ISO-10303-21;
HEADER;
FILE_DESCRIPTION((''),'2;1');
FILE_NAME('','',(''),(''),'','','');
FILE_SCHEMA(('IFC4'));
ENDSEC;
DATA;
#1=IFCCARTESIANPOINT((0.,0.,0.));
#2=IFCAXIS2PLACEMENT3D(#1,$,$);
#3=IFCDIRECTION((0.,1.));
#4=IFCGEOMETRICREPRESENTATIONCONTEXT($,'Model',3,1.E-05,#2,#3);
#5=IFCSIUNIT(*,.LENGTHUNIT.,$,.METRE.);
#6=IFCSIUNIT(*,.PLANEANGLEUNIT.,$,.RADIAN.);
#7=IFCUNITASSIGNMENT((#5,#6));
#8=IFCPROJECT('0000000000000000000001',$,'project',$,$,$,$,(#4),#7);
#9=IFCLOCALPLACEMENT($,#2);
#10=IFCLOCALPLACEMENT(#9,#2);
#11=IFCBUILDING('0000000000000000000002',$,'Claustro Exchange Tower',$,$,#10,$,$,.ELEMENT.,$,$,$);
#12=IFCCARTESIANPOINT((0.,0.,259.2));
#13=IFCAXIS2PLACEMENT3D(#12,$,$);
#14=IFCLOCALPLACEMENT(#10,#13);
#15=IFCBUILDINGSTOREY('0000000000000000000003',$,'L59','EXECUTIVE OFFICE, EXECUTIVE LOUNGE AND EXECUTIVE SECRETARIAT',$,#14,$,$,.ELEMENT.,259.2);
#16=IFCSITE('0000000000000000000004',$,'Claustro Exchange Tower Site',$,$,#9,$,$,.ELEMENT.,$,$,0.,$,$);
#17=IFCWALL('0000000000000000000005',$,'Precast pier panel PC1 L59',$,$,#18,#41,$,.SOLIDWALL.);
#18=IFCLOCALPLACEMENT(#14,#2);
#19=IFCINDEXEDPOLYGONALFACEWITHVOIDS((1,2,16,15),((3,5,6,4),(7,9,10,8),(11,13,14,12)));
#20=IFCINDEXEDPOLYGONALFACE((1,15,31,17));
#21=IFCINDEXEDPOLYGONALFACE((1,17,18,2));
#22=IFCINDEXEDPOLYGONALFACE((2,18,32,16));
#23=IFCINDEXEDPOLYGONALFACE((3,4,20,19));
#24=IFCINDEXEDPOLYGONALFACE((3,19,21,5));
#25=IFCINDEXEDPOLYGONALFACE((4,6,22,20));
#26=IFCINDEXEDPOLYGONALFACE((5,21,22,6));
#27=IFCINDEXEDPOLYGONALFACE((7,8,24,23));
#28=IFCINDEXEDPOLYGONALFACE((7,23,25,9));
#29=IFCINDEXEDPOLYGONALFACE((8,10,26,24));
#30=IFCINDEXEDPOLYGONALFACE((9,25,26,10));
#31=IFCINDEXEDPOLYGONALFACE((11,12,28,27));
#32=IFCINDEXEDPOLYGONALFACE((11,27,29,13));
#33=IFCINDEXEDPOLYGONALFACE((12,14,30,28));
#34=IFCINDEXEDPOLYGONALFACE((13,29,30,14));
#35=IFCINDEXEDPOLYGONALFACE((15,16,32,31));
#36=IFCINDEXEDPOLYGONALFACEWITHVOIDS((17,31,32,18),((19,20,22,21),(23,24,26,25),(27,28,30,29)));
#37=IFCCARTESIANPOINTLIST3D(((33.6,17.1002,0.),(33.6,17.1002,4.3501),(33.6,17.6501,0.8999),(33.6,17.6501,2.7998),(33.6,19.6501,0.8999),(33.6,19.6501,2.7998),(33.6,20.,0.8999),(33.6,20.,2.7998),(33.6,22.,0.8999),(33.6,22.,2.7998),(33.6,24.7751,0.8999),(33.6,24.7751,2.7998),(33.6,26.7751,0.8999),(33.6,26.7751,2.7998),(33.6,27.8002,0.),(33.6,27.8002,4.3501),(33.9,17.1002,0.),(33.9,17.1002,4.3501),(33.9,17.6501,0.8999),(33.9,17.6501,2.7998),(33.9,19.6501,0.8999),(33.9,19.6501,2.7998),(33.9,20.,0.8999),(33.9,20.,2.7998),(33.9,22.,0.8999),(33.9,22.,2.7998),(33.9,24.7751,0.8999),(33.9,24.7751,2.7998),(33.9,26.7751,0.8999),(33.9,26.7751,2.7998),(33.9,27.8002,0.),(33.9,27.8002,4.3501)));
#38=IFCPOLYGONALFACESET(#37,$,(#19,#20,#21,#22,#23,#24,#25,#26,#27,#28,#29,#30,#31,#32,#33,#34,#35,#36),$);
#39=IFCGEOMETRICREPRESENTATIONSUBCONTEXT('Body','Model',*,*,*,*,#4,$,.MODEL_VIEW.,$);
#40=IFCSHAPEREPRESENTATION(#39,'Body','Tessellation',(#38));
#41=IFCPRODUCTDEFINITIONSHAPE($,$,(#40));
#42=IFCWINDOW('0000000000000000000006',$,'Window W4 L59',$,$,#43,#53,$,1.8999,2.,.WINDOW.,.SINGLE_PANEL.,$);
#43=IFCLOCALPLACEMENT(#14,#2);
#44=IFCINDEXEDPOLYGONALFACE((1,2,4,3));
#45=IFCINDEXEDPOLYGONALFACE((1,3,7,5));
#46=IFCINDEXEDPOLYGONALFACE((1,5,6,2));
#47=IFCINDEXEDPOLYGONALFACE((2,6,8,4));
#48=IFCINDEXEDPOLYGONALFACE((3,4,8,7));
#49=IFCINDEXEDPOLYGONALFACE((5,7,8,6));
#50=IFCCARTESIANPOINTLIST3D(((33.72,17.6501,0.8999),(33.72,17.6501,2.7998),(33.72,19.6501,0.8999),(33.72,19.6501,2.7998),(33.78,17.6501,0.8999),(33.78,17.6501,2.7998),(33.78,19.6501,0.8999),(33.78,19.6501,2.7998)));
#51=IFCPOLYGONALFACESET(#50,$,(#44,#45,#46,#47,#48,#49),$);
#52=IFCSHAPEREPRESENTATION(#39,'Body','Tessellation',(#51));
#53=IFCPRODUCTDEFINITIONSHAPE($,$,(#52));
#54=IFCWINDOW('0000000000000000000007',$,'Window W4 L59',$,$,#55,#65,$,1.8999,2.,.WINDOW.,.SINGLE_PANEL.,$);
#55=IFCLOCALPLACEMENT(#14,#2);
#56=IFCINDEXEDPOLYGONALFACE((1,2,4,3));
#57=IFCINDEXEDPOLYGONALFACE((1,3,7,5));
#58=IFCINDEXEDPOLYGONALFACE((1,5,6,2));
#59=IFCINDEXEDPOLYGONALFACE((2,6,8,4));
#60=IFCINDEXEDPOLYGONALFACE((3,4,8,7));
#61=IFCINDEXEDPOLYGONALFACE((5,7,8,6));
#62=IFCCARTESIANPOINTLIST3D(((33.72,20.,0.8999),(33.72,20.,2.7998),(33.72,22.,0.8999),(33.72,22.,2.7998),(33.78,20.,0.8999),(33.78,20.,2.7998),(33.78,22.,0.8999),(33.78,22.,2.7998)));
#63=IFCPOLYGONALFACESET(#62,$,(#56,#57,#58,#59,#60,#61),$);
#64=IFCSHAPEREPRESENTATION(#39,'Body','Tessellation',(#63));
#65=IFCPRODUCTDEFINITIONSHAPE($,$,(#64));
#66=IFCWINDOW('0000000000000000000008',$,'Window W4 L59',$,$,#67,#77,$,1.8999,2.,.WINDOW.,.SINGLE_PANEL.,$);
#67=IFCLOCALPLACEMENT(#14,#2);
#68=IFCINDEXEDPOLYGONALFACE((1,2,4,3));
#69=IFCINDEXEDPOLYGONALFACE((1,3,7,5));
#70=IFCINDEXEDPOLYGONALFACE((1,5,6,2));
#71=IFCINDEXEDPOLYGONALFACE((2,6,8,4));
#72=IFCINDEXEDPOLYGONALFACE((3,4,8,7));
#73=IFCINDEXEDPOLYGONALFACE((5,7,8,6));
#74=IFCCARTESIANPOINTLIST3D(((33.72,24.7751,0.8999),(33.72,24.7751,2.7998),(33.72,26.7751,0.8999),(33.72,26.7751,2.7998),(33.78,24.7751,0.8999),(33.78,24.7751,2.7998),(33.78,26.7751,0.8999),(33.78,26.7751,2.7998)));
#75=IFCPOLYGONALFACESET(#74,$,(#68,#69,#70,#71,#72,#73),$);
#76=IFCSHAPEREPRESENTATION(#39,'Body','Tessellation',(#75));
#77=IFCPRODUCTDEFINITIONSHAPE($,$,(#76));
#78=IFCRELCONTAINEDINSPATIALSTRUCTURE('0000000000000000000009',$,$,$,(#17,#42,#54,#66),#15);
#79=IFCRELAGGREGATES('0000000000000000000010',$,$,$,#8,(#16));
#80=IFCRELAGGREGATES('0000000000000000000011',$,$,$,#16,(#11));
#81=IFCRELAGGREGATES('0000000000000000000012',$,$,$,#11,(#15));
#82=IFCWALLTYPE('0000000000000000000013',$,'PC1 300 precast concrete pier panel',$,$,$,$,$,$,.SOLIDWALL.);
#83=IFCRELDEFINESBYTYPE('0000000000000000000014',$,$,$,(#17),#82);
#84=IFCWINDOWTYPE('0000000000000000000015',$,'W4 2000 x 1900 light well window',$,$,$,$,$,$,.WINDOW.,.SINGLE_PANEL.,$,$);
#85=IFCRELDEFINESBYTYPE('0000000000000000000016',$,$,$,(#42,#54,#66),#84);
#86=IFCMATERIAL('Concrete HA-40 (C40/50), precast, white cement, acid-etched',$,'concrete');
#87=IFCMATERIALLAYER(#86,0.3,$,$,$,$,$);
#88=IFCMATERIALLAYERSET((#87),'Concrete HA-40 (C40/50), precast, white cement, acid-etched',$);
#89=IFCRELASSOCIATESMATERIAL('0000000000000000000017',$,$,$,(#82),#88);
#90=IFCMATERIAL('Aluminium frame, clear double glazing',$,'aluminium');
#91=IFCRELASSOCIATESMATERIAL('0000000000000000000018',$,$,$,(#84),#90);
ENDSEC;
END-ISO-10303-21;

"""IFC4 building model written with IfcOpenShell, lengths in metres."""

from ifc_helpers import new_model, si_unit, direction, frame, frame_2d, origin, place, context, subcontext, project, spatial, rectangle, extrude, material, layer, layer_set, type_object, element, fill, save


model = new_model("IFC4")

# Units and contexts
model_context = context("Model", 3, precision=1e-05, world=origin(), true_north=direction((0.0, 1.0)))
body_context = subcontext(model_context, "Body", "Model", "MODEL_VIEW")
ifc_project = project(units=[si_unit("LENGTHUNIT", "METRE"), si_unit("PLANEANGLEUNIT", "RADIAN")], contexts=[model_context])

# Site, building, storey
site_placement = place(None, origin())
site = spatial("IfcSite", under=ifc_project, at=site_placement, Name="Claustro Exchange Tower Site", CompositionType="ELEMENT", RefElevation=0.0)
building_placement = place(site_placement, origin())
building = spatial("IfcBuilding", under=site, at=building_placement, Name="Claustro Exchange Tower", CompositionType="ELEMENT")
storey_placement = place(building_placement, frame((0.0, 0.0, 259.2)))
storey = spatial("IfcBuildingStorey", under=building, at=storey_placement, Name="L59", Description="EXECUTIVE OFFICE, EXECUTIVE LOUNGE AND EXECUTIVE SECRETARIAT", CompositionType="ELEMENT", Elevation=259.2)

# Wall, openings, windows
ifc_material_1 = material(Name="Concrete HA-40 (C40/50), precast, white cement, acid-etched", Category="concrete")
ifc_layer_1 = layer(ifc_material_1, 0.3)
ifc_layer_set_1 = layer_set([ifc_layer_1], Name="Concrete HA-40 (C40/50), precast, white cement, acid-etched")
wall_type_1 = type_object("IfcWallType", Name="PC1 300 precast concrete pier panel", PredefinedType="SOLIDWALL", material=ifc_layer_set_1)
wall_1_placement = place(storey_placement, frame((33.75, 17.1001, 0.0), z_axis=(0.0, 0.0, 1.0), x_axis=(0.0, 1.0, 0.0)))
wall_1 = element("IfcWall", 1, at=wall_1_placement, inside=storey, type_object=wall_type_1, Name="Precast pier panel PC1 L59", PredefinedType="SOLIDWALL", context=body_context, shape_type="SweptSolid", body=[
    extrude(rectangle(XDim=10.7, YDim=0.3, at=frame_2d((5.3501, 0.0))), origin(), (0.0, 0.0, 1.0), 4.3501),
])
opening_1_placement = place(wall_1_placement, frame((0.55, 0.0, 0.8999)))
opening_1 = element("IfcOpeningElement", 2, at=opening_1_placement, cuts=wall_1, PredefinedType="OPENING", context=body_context, shape_type="SweptSolid", body=[
    extrude(rectangle(XDim=2.0, YDim=1.8999, at=frame_2d((1.0, 0.95))), frame((0.0, 0.1599, 0.0), z_axis=(0.0, -1.0, 0.0), x_axis=(1.0, 0.0, 0.0)), (0.0, 0.0, 1.0), 0.3201),
])
opening_2_placement = place(wall_1_placement, frame((2.8999, 0.0, 0.8999)))
opening_2 = element("IfcOpeningElement", 3, at=opening_2_placement, cuts=wall_1, PredefinedType="OPENING", context=body_context, shape_type="SweptSolid", body=[
    extrude(rectangle(XDim=2.0, YDim=1.8999, at=frame_2d((1.0, 0.95))), frame((0.0, 0.1599, 0.0), z_axis=(0.0, -1.0, 0.0), x_axis=(1.0, 0.0, 0.0)), (0.0, 0.0, 1.0), 0.3201),
])
opening_3_placement = place(wall_1_placement, frame((7.675, 0.0, 0.8999)))
opening_3 = element("IfcOpeningElement", 4, at=opening_3_placement, cuts=wall_1, PredefinedType="OPENING", context=body_context, shape_type="SweptSolid", body=[
    extrude(rectangle(XDim=2.0, YDim=1.8999, at=frame_2d((1.0, 0.95))), frame((0.0, 0.1599, 0.0), z_axis=(0.0, -1.0, 0.0), x_axis=(1.0, 0.0, 0.0)), (0.0, 0.0, 1.0), 0.3201),
])
ifc_material_2 = material(Name="Aluminium frame, clear double glazing", Category="aluminium")
window_type_1 = type_object("IfcWindowType", Name="W4 2000 x 1900 light well window", PartitioningType="SINGLE_PANEL", PredefinedType="WINDOW", material=ifc_material_2)
window_1_placement = place(opening_1_placement, origin())
window_1 = element("IfcWindow", 5, at=window_1_placement, inside=storey, type_object=window_type_1, Name="Window W4 L59", OverallHeight=1.8999, OverallWidth=2.0, PartitioningType="SINGLE_PANEL", PredefinedType="WINDOW", context=body_context, shape_type="SweptSolid", body=[
    extrude(rectangle(XDim=2.0, YDim=1.8999, at=frame_2d((1.0, 0.95))), frame((0.0, 0.03, 0.0), z_axis=(0.0, -1.0, 0.0), x_axis=(1.0, 0.0, 0.0)), (0.0, 0.0, 1.0), 0.0601),
])
fill(opening_1, window_1)
window_2_placement = place(opening_2_placement, origin())
window_2 = element("IfcWindow", 6, at=window_2_placement, inside=storey, type_object=window_type_1, Name="Window W4 L59", OverallHeight=1.8999, OverallWidth=2.0, PartitioningType="SINGLE_PANEL", PredefinedType="WINDOW", context=body_context, shape_type="SweptSolid", body=[
    extrude(rectangle(XDim=2.0, YDim=1.8999, at=frame_2d((1.0, 0.95))), frame((0.0, 0.03, 0.0), z_axis=(0.0, -1.0, 0.0), x_axis=(1.0, 0.0, 0.0)), (0.0, 0.0, 1.0), 0.0601),
])
fill(opening_2, window_2)
window_3_placement = place(opening_3_placement, origin())
window_3 = element("IfcWindow", 7, at=window_3_placement, inside=storey, type_object=window_type_1, Name="Window W4 L59", OverallHeight=1.8999, OverallWidth=2.0, PartitioningType="SINGLE_PANEL", PredefinedType="WINDOW", context=body_context, shape_type="SweptSolid", body=[
    extrude(rectangle(XDim=2.0, YDim=1.8999, at=frame_2d((1.0, 0.95))), frame((0.0, 0.03, 0.0), z_axis=(0.0, -1.0, 0.0), x_axis=(1.0, 0.0, 0.0)), (0.0, 0.0, 1.0), 0.0601),
])
fill(opening_3, window_3)

save(model, "model.ifc")
